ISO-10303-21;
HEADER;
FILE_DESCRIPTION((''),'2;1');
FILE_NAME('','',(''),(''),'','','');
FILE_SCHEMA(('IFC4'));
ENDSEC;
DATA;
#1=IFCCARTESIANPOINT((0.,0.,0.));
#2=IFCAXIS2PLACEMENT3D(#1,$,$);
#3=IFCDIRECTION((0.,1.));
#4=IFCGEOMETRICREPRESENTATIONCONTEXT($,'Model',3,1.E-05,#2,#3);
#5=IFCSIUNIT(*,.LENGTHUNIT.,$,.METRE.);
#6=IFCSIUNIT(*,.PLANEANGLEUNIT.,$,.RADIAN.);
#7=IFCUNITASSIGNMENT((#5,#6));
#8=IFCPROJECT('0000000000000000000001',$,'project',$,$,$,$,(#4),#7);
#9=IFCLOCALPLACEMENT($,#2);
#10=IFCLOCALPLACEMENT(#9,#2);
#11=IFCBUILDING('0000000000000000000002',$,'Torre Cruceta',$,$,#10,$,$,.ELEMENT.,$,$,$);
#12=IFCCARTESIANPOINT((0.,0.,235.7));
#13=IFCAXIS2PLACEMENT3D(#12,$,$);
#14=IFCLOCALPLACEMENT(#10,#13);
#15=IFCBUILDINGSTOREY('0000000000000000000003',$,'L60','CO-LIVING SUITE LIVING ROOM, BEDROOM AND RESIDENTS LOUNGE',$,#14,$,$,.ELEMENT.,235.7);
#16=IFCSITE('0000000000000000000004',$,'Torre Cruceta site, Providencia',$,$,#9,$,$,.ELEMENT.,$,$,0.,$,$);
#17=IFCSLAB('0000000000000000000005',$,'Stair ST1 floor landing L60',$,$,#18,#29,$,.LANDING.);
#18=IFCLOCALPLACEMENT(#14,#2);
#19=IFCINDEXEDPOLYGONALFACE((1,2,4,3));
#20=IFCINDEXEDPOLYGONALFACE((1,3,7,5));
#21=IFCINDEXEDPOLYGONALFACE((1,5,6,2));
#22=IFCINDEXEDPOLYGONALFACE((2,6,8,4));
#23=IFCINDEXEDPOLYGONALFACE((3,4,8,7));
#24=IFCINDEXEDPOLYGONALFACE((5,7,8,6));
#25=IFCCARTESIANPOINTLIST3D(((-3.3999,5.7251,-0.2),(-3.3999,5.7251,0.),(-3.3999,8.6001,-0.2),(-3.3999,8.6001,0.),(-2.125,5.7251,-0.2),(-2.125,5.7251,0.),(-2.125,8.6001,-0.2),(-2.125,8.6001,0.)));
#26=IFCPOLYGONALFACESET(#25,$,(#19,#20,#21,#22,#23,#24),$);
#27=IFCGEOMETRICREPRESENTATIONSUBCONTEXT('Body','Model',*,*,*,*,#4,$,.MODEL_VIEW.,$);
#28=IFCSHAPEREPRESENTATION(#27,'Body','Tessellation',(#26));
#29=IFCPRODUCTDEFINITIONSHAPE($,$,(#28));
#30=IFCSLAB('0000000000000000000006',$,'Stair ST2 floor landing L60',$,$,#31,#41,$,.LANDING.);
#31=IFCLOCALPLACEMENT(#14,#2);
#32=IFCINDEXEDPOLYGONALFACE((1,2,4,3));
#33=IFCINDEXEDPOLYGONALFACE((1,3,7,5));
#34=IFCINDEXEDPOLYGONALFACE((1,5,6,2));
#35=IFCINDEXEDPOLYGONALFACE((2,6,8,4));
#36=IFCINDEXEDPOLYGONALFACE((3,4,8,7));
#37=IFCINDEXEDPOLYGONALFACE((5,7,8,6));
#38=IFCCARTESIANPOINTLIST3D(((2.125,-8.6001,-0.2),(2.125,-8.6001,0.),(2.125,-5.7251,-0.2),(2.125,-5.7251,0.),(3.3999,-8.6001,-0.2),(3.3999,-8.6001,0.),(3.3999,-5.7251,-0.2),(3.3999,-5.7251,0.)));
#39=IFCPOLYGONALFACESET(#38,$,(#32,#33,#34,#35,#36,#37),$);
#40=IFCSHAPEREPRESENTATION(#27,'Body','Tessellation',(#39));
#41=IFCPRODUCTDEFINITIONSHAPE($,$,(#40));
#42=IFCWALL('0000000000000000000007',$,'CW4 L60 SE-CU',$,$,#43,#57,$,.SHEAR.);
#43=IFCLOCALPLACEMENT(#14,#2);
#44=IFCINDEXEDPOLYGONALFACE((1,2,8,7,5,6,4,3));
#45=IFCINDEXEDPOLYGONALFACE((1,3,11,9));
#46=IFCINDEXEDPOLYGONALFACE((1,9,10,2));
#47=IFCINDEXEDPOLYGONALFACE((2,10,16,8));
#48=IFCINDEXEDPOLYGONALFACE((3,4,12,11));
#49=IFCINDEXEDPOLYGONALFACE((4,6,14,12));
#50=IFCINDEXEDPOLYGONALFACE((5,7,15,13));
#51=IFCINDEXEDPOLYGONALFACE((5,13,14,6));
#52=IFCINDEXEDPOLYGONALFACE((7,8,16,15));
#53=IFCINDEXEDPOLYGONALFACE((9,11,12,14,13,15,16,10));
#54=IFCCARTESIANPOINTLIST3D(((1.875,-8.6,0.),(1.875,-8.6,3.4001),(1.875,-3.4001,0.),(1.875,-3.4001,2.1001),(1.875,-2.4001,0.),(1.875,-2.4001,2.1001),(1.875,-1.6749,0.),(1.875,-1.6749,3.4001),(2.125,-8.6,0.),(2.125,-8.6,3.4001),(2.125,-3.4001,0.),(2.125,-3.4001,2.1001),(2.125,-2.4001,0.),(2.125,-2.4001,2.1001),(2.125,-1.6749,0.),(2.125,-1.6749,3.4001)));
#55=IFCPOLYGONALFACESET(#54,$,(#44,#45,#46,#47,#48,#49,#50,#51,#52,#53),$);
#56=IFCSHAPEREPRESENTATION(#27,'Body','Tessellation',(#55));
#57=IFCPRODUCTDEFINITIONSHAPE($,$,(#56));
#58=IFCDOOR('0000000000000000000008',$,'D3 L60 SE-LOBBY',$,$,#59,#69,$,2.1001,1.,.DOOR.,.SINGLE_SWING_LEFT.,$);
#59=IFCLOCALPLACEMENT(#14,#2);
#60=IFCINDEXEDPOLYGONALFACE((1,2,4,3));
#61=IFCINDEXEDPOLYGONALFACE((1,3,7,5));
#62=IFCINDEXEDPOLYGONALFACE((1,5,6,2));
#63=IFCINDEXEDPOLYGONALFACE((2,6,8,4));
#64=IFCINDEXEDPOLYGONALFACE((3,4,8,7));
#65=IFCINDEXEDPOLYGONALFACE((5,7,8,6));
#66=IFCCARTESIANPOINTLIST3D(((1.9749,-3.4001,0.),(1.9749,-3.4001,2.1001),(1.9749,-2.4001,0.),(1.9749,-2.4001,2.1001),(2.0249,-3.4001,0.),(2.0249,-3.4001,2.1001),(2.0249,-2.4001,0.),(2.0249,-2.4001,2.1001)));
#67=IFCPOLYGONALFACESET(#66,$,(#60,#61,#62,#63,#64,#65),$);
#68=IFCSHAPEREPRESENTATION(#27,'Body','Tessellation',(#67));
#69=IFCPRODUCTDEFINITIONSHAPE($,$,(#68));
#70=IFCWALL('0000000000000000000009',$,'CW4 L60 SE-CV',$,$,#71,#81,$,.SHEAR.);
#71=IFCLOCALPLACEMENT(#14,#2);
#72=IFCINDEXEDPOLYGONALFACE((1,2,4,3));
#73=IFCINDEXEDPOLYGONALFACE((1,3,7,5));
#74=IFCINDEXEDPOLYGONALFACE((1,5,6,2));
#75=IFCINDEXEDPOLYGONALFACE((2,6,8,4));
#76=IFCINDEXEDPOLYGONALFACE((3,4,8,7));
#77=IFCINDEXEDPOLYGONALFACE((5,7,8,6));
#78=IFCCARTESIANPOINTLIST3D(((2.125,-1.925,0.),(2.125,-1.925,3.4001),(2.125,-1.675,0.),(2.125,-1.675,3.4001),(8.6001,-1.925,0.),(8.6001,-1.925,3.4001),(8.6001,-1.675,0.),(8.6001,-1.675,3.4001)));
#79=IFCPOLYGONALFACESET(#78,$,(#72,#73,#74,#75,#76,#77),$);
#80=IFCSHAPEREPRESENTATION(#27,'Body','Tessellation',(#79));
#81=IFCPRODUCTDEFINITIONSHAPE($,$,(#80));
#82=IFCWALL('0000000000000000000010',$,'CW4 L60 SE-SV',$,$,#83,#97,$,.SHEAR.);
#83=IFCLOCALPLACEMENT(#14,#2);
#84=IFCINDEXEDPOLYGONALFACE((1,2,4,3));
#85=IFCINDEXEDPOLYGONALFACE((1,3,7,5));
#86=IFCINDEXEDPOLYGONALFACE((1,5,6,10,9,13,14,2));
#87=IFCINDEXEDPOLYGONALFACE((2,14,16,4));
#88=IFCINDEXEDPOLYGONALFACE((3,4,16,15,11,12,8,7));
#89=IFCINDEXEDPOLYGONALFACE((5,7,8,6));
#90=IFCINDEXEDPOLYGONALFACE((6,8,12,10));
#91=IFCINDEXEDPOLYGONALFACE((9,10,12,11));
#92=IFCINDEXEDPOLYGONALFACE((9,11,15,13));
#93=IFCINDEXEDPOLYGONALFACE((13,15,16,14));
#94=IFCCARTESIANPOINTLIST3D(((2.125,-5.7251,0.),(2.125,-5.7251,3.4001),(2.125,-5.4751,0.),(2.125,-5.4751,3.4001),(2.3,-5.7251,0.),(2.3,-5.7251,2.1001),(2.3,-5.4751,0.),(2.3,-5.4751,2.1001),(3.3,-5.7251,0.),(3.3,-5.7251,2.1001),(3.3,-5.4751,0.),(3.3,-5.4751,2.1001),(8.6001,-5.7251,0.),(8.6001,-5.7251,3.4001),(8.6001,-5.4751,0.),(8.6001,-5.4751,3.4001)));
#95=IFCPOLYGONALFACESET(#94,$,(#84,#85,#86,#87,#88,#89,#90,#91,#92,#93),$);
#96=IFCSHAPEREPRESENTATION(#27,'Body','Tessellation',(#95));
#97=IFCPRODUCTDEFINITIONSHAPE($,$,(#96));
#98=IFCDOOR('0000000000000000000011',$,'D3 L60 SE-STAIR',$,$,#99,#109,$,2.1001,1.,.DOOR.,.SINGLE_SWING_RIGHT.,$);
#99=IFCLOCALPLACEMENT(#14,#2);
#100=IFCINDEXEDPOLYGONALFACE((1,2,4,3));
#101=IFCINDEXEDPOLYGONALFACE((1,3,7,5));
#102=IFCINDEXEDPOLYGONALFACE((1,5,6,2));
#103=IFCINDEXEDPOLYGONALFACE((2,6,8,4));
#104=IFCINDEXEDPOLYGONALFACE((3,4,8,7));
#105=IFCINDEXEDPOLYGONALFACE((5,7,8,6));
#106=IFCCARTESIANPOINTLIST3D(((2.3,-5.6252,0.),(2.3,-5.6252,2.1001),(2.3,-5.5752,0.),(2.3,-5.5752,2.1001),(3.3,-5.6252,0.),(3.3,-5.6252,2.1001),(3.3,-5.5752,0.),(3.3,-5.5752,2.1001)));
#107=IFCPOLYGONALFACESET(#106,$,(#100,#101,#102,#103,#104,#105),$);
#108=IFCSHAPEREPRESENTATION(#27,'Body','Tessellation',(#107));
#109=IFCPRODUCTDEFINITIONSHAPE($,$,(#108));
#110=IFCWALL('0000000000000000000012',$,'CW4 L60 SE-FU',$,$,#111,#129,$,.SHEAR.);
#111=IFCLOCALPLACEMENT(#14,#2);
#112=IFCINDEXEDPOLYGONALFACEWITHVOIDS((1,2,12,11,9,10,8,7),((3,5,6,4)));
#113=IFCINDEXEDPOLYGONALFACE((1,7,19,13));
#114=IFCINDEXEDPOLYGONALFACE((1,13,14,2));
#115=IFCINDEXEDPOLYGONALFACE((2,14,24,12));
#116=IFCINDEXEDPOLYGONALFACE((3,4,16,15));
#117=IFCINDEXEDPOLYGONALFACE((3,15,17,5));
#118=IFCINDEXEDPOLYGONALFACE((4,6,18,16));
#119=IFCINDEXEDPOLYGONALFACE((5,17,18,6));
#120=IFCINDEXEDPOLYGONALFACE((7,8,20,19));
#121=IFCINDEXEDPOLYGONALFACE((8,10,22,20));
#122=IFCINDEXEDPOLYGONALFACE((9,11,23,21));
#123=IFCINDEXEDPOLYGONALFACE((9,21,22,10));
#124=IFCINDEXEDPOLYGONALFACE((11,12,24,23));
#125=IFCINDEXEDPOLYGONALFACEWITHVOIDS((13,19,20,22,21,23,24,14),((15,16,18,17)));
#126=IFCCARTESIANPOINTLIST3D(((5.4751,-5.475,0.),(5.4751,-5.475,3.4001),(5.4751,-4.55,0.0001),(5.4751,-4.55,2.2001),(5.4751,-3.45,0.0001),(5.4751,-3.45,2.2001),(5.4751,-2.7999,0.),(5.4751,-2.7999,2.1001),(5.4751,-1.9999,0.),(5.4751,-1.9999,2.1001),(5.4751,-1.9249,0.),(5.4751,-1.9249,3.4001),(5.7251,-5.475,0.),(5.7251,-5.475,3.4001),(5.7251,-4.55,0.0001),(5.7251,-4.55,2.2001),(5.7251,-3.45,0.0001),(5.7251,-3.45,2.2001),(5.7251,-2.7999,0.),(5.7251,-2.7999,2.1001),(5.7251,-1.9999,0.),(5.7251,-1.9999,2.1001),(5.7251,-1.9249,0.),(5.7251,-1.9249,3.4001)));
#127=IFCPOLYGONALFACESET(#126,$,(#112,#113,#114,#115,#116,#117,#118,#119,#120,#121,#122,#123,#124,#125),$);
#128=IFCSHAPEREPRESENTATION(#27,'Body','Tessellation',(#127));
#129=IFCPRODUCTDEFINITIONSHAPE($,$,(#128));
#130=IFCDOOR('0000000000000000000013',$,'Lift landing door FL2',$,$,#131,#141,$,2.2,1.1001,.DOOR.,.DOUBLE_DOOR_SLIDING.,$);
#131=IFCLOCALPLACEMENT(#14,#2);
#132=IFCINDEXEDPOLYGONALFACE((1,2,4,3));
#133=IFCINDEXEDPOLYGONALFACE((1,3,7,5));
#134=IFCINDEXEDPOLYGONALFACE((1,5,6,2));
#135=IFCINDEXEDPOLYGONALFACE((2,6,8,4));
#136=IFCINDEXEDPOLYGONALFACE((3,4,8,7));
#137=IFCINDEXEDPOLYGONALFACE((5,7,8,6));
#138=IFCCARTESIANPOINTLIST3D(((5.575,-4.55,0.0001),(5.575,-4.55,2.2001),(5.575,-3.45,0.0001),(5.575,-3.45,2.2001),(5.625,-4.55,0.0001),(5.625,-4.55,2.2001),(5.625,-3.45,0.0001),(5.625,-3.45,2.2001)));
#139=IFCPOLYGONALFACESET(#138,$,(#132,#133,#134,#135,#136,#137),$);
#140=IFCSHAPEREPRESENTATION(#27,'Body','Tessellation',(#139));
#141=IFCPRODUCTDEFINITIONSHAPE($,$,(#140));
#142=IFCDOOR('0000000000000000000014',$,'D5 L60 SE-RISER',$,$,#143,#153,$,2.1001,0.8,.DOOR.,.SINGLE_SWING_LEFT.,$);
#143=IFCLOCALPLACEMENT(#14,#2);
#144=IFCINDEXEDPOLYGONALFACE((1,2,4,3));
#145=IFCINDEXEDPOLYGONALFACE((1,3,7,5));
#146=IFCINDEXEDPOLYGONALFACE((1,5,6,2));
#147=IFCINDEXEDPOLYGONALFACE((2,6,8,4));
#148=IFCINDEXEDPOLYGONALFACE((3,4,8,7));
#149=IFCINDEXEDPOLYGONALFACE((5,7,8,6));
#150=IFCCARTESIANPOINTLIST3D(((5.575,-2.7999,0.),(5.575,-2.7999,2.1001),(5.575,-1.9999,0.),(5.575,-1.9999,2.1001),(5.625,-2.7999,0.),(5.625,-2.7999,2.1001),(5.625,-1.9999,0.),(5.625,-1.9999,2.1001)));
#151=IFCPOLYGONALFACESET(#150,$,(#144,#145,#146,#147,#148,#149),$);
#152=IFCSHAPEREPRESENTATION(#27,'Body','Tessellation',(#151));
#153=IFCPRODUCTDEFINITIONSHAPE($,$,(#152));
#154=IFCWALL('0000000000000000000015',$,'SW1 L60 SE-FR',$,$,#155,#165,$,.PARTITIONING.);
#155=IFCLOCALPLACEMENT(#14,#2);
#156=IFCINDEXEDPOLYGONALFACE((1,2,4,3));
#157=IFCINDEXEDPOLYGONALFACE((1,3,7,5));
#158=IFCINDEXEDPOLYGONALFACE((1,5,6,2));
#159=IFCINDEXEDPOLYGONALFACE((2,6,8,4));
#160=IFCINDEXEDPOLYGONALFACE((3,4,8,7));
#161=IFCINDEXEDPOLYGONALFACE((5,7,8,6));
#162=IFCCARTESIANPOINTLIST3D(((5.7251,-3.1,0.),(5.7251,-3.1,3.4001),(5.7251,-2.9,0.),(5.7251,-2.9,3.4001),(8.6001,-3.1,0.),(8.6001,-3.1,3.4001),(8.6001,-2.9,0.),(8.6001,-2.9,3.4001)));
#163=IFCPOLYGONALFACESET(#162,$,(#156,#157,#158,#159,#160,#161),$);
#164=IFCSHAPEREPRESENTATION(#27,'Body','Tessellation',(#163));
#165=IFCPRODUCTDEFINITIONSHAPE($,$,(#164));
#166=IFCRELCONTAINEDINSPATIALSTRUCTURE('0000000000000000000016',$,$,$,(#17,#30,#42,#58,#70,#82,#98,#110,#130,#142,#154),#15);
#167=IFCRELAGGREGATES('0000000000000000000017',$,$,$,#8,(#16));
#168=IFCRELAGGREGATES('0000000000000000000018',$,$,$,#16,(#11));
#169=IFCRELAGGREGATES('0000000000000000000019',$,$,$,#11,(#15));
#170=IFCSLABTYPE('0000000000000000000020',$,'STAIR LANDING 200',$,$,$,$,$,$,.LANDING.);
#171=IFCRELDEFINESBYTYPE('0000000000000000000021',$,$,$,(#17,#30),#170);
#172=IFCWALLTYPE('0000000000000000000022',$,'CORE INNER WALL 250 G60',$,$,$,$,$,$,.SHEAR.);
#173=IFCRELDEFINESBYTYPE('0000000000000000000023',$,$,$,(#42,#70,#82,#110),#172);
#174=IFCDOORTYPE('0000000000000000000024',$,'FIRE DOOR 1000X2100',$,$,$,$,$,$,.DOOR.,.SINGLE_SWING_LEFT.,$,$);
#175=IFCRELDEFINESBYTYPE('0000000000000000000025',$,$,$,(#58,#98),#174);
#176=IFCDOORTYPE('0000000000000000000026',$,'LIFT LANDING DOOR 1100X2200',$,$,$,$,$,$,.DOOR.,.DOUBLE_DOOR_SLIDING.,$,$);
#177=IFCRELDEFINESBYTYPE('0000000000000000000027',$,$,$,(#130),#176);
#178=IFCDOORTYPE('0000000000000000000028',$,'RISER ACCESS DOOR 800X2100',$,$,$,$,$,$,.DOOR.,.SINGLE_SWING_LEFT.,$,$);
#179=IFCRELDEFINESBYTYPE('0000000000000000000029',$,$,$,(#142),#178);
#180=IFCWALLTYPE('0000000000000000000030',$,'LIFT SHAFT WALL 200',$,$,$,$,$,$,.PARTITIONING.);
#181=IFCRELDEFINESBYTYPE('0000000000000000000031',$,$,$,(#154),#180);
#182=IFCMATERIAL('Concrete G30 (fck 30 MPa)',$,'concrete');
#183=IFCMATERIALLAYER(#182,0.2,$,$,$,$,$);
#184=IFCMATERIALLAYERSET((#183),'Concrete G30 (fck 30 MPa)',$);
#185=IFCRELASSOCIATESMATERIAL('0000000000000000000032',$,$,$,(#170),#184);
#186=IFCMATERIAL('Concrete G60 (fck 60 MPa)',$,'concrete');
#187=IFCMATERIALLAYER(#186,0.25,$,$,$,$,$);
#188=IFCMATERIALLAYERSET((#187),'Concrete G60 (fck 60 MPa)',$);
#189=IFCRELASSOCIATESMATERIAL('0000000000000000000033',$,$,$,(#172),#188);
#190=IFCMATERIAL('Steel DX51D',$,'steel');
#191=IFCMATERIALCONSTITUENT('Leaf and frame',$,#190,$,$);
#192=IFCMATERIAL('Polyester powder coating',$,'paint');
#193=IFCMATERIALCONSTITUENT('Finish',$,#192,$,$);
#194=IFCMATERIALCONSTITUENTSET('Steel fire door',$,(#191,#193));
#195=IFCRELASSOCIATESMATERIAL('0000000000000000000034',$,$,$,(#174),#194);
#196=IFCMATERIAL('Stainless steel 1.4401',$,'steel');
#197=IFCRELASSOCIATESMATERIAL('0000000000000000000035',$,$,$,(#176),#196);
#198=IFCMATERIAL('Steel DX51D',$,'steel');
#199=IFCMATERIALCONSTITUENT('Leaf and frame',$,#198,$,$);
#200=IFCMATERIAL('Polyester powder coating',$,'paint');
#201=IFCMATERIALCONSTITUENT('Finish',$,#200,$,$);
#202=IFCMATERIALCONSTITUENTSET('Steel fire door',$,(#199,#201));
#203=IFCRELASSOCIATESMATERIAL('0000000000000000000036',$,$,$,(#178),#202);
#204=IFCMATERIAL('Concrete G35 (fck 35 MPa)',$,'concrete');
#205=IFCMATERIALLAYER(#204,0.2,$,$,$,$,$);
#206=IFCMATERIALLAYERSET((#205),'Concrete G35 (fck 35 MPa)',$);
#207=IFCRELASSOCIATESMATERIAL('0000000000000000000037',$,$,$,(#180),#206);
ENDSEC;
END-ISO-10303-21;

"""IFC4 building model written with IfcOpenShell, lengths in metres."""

from ifc_helpers import new_model, si_unit, direction, frame, frame_2d, origin, place, context, subcontext, project, spatial, polyline, rectangle, outline, extrude, material, layer, layer_set, constituent, constituent_set, type_object, element, fill, save


model = new_model("IFC4")

# Units and contexts
model_context = context("Model", 3, precision=1e-05, world=origin(), true_north=direction((0.0, 1.0)))
body_context = subcontext(model_context, "Body", "Model", "MODEL_VIEW")
ifc_project = project(units=[si_unit("LENGTHUNIT", "METRE"), si_unit("PLANEANGLEUNIT", "RADIAN")], contexts=[model_context])

# Site, building, storey
site_placement = place(None, origin())
site = spatial("IfcSite", under=ifc_project, at=site_placement, Name="Torre Cruceta site, Providencia", CompositionType="ELEMENT", RefElevation=0.0)
building_placement = place(site_placement, origin())
building = spatial("IfcBuilding", under=site, at=building_placement, Name="Torre Cruceta", CompositionType="ELEMENT")
storey_placement = place(building_placement, frame((0.0, 0.0, 235.7)))
storey = spatial("IfcBuildingStorey", under=building, at=storey_placement, Name="L60", Description="CO-LIVING SUITE LIVING ROOM, BEDROOM AND RESIDENTS LOUNGE", CompositionType="ELEMENT", Elevation=235.7)

# Shared definitions
ifc_material_1 = material(Name="Concrete G30 (fck 30 MPa)", Category="concrete")
ifc_layer_1 = layer(ifc_material_1, 0.2)
ifc_layer_set_1 = layer_set([ifc_layer_1], Name="Concrete G30 (fck 30 MPa)")
slab_type_1 = type_object("IfcSlabType", Name="STAIR LANDING 200", PredefinedType="LANDING", material=ifc_layer_set_1)

# Slabs
slab_1_placement = place(storey_placement, frame((0.0, 0.0, -0.2)))
element("IfcSlab", 1, at=slab_1_placement, inside=storey, type_object=slab_type_1, Name="Stair ST1 floor landing L60", PredefinedType="LANDING", context=body_context, shape_type="SweptSolid", body=[
    extrude(outline(polyline([(-2.125, 8.6001), (-2.125, 5.7251), (-3.3999, 5.7251), (-3.3999, 8.6001), (-2.125, 8.6001)])), origin(), (0.0, 0.0, 1.0), 0.2),
])
slab_2_placement = place(storey_placement, frame((0.0, 0.0, -0.2)))
element("IfcSlab", 2, at=slab_2_placement, inside=storey, type_object=slab_type_1, Name="Stair ST2 floor landing L60", PredefinedType="LANDING", context=body_context, shape_type="SweptSolid", body=[
    extrude(outline(polyline([(2.125, -8.6001), (2.125, -5.7251), (3.3999, -5.7251), (3.3999, -8.6001), (2.125, -8.6001)])), origin(), (0.0, 0.0, 1.0), 0.2),
])

# Wall, opening, door
ifc_material_2 = material(Name="Concrete G60 (fck 60 MPa)", Category="concrete")
ifc_layer_2 = layer(ifc_material_2, 0.25)
ifc_layer_set_2 = layer_set([ifc_layer_2], Name="Concrete G60 (fck 60 MPa)")
wall_type_1 = type_object("IfcWallType", Name="CORE INNER WALL 250 G60", PredefinedType="SHEAR", material=ifc_layer_set_2)
wall_1_placement = place(storey_placement, frame((2.0, -1.675, 0.0), z_axis=(0.0, 0.0, 1.0), x_axis=(0.0, -1.0, 0.0)))
wall_1 = element("IfcWall", 3, at=wall_1_placement, inside=storey, type_object=wall_type_1, Name="CW4 L60 SE-CU", PredefinedType="SHEAR", context=body_context, shape_type="SweptSolid", body=[
    extrude(rectangle(XDim=6.925, YDim=0.25, at=frame_2d((3.4624, 0.0))), origin(), (0.0, 0.0, 1.0), 3.4001),
])
opening_1_placement = place(wall_1_placement, frame((0.7251, 0.0, 0.0)))
opening_1 = element("IfcOpeningElement", 4, at=opening_1_placement, cuts=wall_1, PredefinedType="OPENING", context=body_context, shape_type="SweptSolid", body=[
    extrude(rectangle(XDim=1.0, YDim=2.1001, at=frame_2d((0.5, 1.05))), frame((0.0, 0.135, 0.0), z_axis=(0.0, -1.0, 0.0), x_axis=(1.0, 0.0, 0.0)), (0.0, 0.0, 1.0), 0.27),
])
ifc_material_3 = material(Name="Steel DX51D", Category="steel")
ifc_constituent_1 = constituent(ifc_material_3, Name="Leaf and frame")
ifc_material_4 = material(Name="Polyester powder coating", Category="paint")
ifc_constituent_2 = constituent(ifc_material_4, Name="Finish")
ifc_constituent_set_1 = constituent_set(constituents=[ifc_constituent_1, ifc_constituent_2], Name="Steel fire door")
door_type_1 = type_object("IfcDoorType", Name="FIRE DOOR 1000X2100", OperationType="SINGLE_SWING_LEFT", PredefinedType="DOOR", material=ifc_constituent_set_1)
door_1_placement = place(opening_1_placement, origin())
door_1 = element("IfcDoor", 5, at=door_1_placement, inside=storey, type_object=door_type_1, Name="D3 L60 SE-LOBBY", OperationType="SINGLE_SWING_LEFT", OverallHeight=2.1001, OverallWidth=1.0, PredefinedType="DOOR", context=body_context, shape_type="SweptSolid", body=[
    extrude(rectangle(XDim=1.0, YDim=2.1001, at=frame_2d((0.5, 1.05))), frame((0.0, 0.0249, 0.0), z_axis=(0.0, -1.0, 0.0), x_axis=(1.0, 0.0, 0.0)), (0.0, 0.0, 1.0), 0.05),
])
fill(opening_1, door_1)

# Wall
wall_2_placement = place(storey_placement, frame((2.125, -1.8, 0.0), z_axis=(0.0, 0.0, 1.0), x_axis=(1.0, 0.0, 0.0)))
element("IfcWall", 6, at=wall_2_placement, inside=storey, type_object=wall_type_1, Name="CW4 L60 SE-CV", PredefinedType="SHEAR", context=body_context, shape_type="SweptSolid", body=[
    extrude(rectangle(XDim=6.4751, YDim=0.25, at=frame_2d((3.2375, 0.0))), origin(), (0.0, 0.0, 1.0), 3.4001),
])

# Wall, opening, door
wall_3_placement = place(storey_placement, frame((2.125, -5.6001, 0.0), z_axis=(0.0, 0.0, 1.0), x_axis=(1.0, 0.0, 0.0)))
wall_3 = element("IfcWall", 7, at=wall_3_placement, inside=storey, type_object=wall_type_1, Name="CW4 L60 SE-SV", PredefinedType="SHEAR", context=body_context, shape_type="SweptSolid", body=[
    extrude(rectangle(XDim=6.4751, YDim=0.25, at=frame_2d((3.2375, 0.0))), origin(), (0.0, 0.0, 1.0), 3.4001),
])
opening_2_placement = place(wall_3_placement, frame((0.175, 0.0, 0.0)))
opening_2 = element("IfcOpeningElement", 8, at=opening_2_placement, cuts=wall_3, PredefinedType="OPENING", context=body_context, shape_type="SweptSolid", body=[
    extrude(rectangle(XDim=1.0, YDim=2.1001, at=frame_2d((0.5, 1.05))), frame((0.0, 0.135, 0.0), z_axis=(0.0, -1.0, 0.0), x_axis=(1.0, 0.0, 0.0)), (0.0, 0.0, 1.0), 0.27),
])
door_2_placement = place(opening_2_placement, frame((1.0, 0.0, 0.0), z_axis=(0.0, 0.0, 1.0), x_axis=(-1.0, 0.0, 0.0)))
door_2 = element("IfcDoor", 9, at=door_2_placement, inside=storey, type_object=door_type_1, Name="D3 L60 SE-STAIR", OperationType="SINGLE_SWING_RIGHT", OverallHeight=2.1001, OverallWidth=1.0, PredefinedType="DOOR", context=body_context, shape_type="SweptSolid", body=[
    extrude(rectangle(XDim=1.0, YDim=2.1001, at=frame_2d((0.5, 1.05))), frame((0.0, 0.0251, 0.0), z_axis=(0.0, -1.0, 0.0), x_axis=(1.0, 0.0, 0.0)), (0.0, 0.0, 1.0), 0.05),
])
fill(opening_2, door_2)

# Wall, openings, doors
wall_4_placement = place(storey_placement, frame((5.6001, -1.925, 0.0), z_axis=(0.0, 0.0, 1.0), x_axis=(0.0, -1.0, 0.0)))
wall_4 = element("IfcWall", 10, at=wall_4_placement, inside=storey, type_object=wall_type_1, Name="CW4 L60 SE-FU", PredefinedType="SHEAR", context=body_context, shape_type="SweptSolid", body=[
    extrude(rectangle(XDim=3.55, YDim=0.25, at=frame_2d((1.7749, 0.0))), origin(), (0.0, 0.0, 1.0), 3.4001),
])
opening_3_placement = place(wall_4_placement, frame((1.5249, 0.0, 0.0)))
opening_3 = element("IfcOpeningElement", 11, at=opening_3_placement, cuts=wall_4, PredefinedType="OPENING", context=body_context, shape_type="SweptSolid", body=[
    extrude(rectangle(XDim=1.1001, YDim=2.2, at=frame_2d((0.55, 1.1001))), frame((0.0, 0.135, 0.0), z_axis=(0.0, -1.0, 0.0), x_axis=(1.0, 0.0, 0.0)), (0.0, 0.0, 1.0), 0.27),
])
opening_4_placement = place(wall_4_placement, frame((0.075, 0.0, 0.0)))
opening_4 = element("IfcOpeningElement", 12, at=opening_4_placement, cuts=wall_4, PredefinedType="OPENING", context=body_context, shape_type="SweptSolid", body=[
    extrude(rectangle(XDim=0.8, YDim=2.1001, at=frame_2d((0.3999, 1.05))), frame((0.0, 0.135, 0.0), z_axis=(0.0, -1.0, 0.0), x_axis=(1.0, 0.0, 0.0)), (0.0, 0.0, 1.0), 0.27),
])
ifc_material_5 = material(Name="Stainless steel 1.4401", Category="steel")
door_type_2 = type_object("IfcDoorType", Name="LIFT LANDING DOOR 1100X2200", OperationType="DOUBLE_DOOR_SLIDING", PredefinedType="DOOR", material=ifc_material_5)
door_3_placement = place(opening_3_placement, origin())
door_3 = element("IfcDoor", 13, at=door_3_placement, inside=storey, type_object=door_type_2, Name="Lift landing door FL2", OperationType="DOUBLE_DOOR_SLIDING", OverallHeight=2.2, OverallWidth=1.1001, PredefinedType="DOOR", context=body_context, shape_type="SweptSolid", body=[
    extrude(rectangle(XDim=1.1001, YDim=2.2, at=frame_2d((0.55, 1.1001))), frame((0.0, 0.0249, 0.0), z_axis=(0.0, -1.0, 0.0), x_axis=(1.0, 0.0, 0.0)), (0.0, 0.0, 1.0), 0.05),
])
fill(opening_3, door_3)
ifc_material_6 = material(Name="Steel DX51D", Category="steel")
ifc_constituent_3 = constituent(ifc_material_6, Name="Leaf and frame")
ifc_material_7 = material(Name="Polyester powder coating", Category="paint")
ifc_constituent_4 = constituent(ifc_material_7, Name="Finish")
ifc_constituent_set_2 = constituent_set(constituents=[ifc_constituent_3, ifc_constituent_4], Name="Steel fire door")
door_type_3 = type_object("IfcDoorType", Name="RISER ACCESS DOOR 800X2100", OperationType="SINGLE_SWING_LEFT", PredefinedType="DOOR", material=ifc_constituent_set_2)
door_4_placement = place(opening_4_placement, origin())
door_4 = element("IfcDoor", 14, at=door_4_placement, inside=storey, type_object=door_type_3, Name="D5 L60 SE-RISER", OperationType="SINGLE_SWING_LEFT", OverallHeight=2.1001, OverallWidth=0.8, PredefinedType="DOOR", context=body_context, shape_type="SweptSolid", body=[
    extrude(rectangle(XDim=0.8, YDim=2.1001, at=frame_2d((0.3999, 1.05))), frame((0.0, 0.0249, 0.0), z_axis=(0.0, -1.0, 0.0), x_axis=(1.0, 0.0, 0.0)), (0.0, 0.0, 1.0), 0.05),
])
fill(opening_4, door_4)

# Wall
ifc_material_8 = material(Name="Concrete G35 (fck 35 MPa)", Category="concrete")
ifc_layer_3 = layer(ifc_material_8, 0.2)
ifc_layer_set_3 = layer_set([ifc_layer_3], Name="Concrete G35 (fck 35 MPa)")
wall_type_2 = type_object("IfcWallType", Name="LIFT SHAFT WALL 200", PredefinedType="PARTITIONING", material=ifc_layer_set_3)
wall_5_placement = place(storey_placement, frame((5.7251, -3.0, 0.0), z_axis=(0.0, 0.0, 1.0), x_axis=(1.0, 0.0, 0.0)))
element("IfcWall", 15, at=wall_5_placement, inside=storey, type_object=wall_type_2, Name="SW1 L60 SE-FR", PredefinedType="PARTITIONING", context=body_context, shape_type="SweptSolid", body=[
    extrude(rectangle(XDim=2.875, YDim=0.2, at=frame_2d((1.4375, 0.0))), origin(), (0.0, 0.0, 1.0), 3.4001),
])

save(model, "model.ifc")
